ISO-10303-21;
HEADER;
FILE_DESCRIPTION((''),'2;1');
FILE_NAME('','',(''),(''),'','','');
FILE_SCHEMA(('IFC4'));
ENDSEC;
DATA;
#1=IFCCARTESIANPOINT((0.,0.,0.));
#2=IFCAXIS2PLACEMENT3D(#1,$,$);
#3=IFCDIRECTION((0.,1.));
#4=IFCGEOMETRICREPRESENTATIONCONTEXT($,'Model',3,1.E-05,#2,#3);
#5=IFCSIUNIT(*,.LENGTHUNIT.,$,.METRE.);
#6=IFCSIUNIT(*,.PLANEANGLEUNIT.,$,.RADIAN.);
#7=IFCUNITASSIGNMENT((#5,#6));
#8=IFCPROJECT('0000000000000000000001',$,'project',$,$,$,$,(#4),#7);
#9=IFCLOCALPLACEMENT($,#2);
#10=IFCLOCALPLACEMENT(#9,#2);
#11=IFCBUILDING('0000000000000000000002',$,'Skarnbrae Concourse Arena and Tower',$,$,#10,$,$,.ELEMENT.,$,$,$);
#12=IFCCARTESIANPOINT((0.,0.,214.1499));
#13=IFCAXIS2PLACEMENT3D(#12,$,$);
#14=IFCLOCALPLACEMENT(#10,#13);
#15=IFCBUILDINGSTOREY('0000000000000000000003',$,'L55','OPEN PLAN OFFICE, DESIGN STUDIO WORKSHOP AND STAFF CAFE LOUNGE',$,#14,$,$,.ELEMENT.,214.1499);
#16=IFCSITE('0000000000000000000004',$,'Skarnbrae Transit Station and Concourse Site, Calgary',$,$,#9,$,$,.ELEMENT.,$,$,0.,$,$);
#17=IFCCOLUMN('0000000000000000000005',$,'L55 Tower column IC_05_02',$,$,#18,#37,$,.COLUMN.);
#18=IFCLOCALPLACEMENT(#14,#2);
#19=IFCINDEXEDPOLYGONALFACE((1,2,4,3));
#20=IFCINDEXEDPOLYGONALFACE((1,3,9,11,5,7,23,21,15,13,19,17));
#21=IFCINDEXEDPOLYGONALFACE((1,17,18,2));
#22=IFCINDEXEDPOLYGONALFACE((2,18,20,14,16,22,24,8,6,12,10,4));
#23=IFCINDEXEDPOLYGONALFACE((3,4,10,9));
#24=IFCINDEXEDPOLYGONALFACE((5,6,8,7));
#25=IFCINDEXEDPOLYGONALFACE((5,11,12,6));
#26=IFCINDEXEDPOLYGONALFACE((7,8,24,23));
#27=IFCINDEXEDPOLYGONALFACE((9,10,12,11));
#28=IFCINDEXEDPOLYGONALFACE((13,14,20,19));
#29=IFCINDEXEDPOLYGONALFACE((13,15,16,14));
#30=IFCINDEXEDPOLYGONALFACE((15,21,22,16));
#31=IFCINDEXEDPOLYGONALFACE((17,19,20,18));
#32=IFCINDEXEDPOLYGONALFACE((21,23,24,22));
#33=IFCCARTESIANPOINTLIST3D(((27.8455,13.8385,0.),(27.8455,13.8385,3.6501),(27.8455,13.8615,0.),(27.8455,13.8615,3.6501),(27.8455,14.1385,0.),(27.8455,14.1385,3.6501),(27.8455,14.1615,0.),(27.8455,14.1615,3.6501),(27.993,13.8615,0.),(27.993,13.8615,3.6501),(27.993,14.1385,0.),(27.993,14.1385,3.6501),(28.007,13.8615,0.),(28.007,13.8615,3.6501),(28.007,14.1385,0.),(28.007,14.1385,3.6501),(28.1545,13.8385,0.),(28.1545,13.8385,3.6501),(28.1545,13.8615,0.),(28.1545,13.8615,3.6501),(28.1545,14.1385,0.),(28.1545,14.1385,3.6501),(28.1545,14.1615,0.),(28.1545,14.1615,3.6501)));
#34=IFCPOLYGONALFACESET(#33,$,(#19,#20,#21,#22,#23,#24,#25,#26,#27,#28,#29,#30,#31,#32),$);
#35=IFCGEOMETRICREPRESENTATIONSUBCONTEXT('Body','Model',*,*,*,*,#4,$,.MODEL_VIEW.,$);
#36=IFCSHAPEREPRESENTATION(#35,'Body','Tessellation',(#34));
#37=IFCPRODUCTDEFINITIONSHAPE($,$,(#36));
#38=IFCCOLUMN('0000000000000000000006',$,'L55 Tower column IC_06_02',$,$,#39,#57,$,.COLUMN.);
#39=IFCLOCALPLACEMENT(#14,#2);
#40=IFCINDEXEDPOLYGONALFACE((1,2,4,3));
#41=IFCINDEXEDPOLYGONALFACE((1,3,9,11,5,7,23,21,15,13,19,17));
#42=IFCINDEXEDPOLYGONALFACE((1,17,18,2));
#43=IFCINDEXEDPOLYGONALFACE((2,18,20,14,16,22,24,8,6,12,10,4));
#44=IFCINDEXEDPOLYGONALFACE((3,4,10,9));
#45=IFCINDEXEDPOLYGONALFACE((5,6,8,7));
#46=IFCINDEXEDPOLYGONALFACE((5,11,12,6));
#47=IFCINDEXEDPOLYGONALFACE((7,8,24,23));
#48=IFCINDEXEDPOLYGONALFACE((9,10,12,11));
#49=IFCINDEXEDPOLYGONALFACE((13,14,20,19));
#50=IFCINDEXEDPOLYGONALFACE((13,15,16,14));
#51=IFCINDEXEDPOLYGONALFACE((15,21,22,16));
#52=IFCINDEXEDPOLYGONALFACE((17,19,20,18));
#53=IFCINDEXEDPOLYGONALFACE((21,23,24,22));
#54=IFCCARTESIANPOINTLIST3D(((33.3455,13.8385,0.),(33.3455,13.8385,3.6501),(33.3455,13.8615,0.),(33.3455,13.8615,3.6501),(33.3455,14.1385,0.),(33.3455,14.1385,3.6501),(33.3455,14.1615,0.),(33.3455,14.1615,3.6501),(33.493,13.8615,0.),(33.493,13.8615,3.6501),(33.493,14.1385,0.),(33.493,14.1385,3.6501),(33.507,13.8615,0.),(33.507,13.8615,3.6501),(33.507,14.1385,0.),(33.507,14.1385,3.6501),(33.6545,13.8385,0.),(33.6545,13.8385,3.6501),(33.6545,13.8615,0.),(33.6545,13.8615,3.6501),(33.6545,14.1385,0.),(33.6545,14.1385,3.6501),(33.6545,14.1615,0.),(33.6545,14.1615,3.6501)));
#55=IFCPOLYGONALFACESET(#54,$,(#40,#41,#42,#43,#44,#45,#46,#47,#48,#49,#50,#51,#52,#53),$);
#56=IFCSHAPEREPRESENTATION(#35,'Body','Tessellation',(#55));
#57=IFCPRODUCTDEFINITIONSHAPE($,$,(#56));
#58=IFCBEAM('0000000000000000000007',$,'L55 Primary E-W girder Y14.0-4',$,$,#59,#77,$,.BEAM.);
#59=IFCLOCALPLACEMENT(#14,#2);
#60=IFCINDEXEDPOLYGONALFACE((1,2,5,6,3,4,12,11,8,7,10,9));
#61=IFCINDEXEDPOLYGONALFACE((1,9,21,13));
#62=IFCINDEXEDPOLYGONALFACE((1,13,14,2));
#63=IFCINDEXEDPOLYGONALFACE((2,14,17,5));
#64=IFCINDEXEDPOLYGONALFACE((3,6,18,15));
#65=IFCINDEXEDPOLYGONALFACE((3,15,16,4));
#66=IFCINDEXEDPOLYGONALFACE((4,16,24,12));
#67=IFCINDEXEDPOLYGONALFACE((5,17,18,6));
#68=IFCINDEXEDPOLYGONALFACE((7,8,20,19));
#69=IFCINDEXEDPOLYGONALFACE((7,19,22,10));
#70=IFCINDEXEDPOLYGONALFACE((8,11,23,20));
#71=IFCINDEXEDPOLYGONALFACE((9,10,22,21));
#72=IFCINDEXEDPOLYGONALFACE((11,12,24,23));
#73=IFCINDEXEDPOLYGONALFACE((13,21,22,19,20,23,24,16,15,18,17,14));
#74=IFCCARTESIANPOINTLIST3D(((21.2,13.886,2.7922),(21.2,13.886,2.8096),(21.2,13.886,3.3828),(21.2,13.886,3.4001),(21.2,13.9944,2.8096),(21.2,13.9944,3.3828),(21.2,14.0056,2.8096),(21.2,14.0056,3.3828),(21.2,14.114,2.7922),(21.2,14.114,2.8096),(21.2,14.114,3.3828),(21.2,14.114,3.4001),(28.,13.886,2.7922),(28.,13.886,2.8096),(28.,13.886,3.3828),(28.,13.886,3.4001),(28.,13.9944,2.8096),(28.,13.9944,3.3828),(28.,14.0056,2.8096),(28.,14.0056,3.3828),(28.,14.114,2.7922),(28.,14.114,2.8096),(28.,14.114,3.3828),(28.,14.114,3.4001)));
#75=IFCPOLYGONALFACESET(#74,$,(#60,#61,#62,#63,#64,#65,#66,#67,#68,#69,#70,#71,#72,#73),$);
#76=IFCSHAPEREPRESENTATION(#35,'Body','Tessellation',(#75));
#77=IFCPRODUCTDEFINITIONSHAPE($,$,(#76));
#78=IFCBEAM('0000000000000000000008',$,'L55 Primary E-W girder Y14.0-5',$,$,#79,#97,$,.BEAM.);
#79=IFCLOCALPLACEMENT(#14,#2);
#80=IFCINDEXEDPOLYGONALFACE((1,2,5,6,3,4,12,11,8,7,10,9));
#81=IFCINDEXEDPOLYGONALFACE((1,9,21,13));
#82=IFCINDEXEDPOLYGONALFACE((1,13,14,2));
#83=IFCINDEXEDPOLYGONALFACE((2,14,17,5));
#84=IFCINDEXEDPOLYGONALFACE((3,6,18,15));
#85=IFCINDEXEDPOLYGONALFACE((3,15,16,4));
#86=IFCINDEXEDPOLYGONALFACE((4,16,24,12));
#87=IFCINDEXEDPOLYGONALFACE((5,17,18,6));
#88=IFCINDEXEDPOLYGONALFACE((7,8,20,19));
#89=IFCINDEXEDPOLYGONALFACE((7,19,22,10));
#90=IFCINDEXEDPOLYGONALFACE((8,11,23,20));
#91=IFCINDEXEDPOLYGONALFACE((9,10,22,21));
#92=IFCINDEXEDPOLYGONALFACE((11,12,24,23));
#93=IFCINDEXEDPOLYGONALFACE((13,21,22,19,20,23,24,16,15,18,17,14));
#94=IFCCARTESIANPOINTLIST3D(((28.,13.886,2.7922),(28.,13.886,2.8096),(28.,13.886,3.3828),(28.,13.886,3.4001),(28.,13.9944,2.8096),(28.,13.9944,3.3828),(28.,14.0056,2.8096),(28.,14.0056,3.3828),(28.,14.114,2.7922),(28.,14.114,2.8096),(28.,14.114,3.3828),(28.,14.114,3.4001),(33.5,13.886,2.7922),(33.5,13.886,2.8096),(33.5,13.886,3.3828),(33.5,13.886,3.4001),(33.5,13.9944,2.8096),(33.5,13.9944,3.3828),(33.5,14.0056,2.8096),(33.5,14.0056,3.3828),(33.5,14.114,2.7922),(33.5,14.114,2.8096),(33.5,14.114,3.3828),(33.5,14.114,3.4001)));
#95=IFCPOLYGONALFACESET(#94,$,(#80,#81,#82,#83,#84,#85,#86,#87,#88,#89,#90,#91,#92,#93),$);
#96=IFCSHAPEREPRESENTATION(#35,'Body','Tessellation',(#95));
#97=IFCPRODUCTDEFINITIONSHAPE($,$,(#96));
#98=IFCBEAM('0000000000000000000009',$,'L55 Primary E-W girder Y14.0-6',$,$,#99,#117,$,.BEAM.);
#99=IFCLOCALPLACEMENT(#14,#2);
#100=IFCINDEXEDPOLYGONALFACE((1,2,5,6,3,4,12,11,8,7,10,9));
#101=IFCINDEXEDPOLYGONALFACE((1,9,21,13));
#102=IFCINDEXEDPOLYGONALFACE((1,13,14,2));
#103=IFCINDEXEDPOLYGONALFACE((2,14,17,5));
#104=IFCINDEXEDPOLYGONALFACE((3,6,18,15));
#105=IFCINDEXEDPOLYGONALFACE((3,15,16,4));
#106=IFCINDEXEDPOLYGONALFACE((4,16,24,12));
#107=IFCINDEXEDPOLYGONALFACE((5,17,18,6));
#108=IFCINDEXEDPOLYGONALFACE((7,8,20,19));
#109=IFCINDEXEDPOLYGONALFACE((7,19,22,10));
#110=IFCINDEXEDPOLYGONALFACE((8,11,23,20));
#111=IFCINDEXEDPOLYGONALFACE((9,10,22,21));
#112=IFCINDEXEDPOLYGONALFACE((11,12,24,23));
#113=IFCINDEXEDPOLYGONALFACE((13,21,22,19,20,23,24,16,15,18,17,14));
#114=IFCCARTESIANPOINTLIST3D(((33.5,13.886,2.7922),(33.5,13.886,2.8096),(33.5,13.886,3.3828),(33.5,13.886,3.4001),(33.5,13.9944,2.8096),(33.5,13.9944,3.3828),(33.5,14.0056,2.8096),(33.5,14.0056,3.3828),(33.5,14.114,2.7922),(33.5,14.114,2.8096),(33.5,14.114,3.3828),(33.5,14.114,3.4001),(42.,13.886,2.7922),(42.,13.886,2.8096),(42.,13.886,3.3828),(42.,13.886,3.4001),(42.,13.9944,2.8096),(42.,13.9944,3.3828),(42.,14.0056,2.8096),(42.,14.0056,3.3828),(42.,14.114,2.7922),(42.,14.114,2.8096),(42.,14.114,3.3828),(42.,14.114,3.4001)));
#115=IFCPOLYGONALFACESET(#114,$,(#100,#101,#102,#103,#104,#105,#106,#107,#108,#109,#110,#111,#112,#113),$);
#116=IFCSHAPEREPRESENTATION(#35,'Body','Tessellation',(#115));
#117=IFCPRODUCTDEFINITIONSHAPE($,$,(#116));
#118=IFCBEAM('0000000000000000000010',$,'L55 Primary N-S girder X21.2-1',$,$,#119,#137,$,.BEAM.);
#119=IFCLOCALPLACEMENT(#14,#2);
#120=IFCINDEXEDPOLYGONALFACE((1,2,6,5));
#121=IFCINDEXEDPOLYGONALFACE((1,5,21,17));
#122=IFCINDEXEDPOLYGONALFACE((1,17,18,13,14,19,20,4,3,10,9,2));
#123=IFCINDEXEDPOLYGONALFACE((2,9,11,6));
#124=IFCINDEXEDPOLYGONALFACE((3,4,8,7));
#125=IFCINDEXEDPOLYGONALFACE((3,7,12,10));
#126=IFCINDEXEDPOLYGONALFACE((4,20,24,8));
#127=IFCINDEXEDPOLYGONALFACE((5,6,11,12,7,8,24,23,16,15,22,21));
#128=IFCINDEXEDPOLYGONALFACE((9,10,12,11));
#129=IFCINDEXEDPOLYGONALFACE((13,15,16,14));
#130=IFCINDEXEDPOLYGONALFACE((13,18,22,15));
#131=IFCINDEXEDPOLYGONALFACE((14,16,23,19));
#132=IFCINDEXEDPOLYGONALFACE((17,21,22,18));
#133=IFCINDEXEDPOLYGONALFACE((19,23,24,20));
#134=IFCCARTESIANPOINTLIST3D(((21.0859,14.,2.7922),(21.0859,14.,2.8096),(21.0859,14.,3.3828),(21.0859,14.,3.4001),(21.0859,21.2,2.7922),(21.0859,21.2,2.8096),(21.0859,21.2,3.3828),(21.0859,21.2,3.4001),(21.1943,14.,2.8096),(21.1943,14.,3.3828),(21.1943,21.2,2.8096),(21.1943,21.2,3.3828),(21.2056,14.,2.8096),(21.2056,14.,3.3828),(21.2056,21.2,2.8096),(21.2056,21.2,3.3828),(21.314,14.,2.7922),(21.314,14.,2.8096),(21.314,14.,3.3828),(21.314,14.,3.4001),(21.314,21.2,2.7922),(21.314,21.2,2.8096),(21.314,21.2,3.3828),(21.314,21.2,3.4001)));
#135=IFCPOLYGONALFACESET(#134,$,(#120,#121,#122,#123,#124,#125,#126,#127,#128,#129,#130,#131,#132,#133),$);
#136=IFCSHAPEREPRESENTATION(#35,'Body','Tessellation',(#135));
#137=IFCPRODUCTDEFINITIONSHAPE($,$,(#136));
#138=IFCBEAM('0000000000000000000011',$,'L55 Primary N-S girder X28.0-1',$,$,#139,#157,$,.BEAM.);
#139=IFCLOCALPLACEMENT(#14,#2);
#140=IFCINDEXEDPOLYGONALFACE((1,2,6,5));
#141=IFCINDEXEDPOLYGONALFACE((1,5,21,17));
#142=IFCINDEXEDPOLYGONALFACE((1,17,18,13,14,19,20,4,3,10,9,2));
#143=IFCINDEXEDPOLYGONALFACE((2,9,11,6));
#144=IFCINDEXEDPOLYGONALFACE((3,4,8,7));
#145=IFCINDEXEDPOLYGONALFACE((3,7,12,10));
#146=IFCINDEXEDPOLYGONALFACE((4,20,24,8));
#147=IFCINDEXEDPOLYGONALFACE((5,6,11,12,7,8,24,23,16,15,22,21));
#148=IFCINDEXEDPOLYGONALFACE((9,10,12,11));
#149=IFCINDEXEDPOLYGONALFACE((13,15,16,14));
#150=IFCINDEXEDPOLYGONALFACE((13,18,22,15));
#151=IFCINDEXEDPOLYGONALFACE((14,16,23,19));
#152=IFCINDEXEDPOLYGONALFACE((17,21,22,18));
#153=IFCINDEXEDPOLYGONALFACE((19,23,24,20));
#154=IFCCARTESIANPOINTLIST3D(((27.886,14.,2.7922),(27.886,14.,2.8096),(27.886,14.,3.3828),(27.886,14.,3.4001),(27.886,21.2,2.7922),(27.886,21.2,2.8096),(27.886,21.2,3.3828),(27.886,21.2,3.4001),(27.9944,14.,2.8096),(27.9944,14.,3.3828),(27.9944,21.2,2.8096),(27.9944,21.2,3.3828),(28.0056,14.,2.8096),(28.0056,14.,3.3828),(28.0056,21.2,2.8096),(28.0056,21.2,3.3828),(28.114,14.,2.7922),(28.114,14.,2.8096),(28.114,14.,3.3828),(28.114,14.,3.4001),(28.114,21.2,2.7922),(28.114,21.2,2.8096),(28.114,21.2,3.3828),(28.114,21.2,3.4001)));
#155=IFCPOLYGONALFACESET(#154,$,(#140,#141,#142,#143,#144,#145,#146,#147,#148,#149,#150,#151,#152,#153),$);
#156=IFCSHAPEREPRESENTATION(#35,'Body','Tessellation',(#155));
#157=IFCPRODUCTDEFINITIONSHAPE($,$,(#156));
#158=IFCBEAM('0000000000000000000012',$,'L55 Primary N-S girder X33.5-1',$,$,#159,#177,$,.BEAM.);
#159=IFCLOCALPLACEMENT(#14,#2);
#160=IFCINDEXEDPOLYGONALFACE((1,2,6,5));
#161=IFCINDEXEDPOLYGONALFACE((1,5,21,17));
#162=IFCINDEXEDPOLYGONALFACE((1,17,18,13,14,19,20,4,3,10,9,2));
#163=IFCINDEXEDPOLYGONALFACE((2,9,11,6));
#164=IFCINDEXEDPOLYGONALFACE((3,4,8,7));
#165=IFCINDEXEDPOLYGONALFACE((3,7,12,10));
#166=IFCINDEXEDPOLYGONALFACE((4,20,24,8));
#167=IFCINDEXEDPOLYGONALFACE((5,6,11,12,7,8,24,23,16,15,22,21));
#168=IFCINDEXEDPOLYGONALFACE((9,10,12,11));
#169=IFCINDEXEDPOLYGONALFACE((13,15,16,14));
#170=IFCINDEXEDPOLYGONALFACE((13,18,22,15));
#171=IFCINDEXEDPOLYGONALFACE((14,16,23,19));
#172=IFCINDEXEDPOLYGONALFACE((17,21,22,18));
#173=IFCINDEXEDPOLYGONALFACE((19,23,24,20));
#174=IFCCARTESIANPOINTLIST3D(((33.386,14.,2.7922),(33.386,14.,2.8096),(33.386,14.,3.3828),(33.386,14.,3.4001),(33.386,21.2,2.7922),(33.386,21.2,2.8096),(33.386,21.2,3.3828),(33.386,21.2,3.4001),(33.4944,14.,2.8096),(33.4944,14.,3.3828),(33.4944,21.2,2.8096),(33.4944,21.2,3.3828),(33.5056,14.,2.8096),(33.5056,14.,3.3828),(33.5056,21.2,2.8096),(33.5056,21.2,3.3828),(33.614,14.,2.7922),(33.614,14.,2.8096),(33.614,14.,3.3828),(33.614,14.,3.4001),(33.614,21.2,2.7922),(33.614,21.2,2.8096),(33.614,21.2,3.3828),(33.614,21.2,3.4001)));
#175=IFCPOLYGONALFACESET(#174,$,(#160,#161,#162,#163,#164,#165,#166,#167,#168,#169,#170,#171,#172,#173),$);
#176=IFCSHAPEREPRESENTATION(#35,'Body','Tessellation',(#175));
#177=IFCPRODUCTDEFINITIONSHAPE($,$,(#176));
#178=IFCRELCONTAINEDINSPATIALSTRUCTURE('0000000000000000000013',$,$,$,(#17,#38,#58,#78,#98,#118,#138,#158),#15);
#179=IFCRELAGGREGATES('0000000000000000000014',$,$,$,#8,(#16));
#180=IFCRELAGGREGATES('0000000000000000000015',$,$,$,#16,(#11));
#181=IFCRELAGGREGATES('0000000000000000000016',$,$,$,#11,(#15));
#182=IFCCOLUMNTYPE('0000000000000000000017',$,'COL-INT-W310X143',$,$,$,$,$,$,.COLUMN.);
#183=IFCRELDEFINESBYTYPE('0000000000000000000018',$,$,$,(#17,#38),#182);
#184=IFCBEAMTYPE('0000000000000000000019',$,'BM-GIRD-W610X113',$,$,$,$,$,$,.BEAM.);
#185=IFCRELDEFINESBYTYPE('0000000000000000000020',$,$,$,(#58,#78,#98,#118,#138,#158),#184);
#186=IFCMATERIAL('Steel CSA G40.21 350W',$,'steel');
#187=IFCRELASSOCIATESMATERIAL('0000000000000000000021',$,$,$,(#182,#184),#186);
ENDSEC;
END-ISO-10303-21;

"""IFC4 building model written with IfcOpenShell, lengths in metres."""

from ifc_helpers import new_model, si_unit, direction, frame, origin, origin_2d, place, context, subcontext, project, spatial, i_section, extrude, source, transform, mapped, material, material_profile, profile_set, type_object, element, save


model = new_model("IFC4")

# Units and contexts
model_context = context("Model", 3, precision=1e-05, world=origin(), true_north=direction((0.0, 1.0)))
body_context = subcontext(model_context, "Body", "Model", "MODEL_VIEW")
ifc_project = project(units=[si_unit("LENGTHUNIT", "METRE"), si_unit("PLANEANGLEUNIT", "RADIAN")], contexts=[model_context])

# Site, building, storey
site_placement = place(None, origin())
site = spatial("IfcSite", under=ifc_project, at=site_placement, Name="Skarnbrae Transit Station and Concourse Site, Calgary", CompositionType="ELEMENT", RefElevation=0.0)
building_placement = place(site_placement, origin())
building = spatial("IfcBuilding", under=site, at=building_placement, Name="Skarnbrae Concourse Arena and Tower", CompositionType="ELEMENT")
storey_placement = place(building_placement, frame((0.0, 0.0, 214.1499)))
storey = spatial("IfcBuildingStorey", under=building, at=storey_placement, Name="L55", Description="OPEN PLAN OFFICE, DESIGN STUDIO WORKSHOP AND STAFF CAFE LOUNGE", CompositionType="ELEMENT", Elevation=214.1499)

# Columns
ifc_material_1 = material(Name="Steel CSA G40.21 350W", Category="steel")
ifc_material_profile_1 = material_profile(ifc_material_1, i_section(OverallWidth=0.3091, OverallDepth=0.323, WebThickness=0.0139, FlangeThickness=0.0229, at=origin_2d()), Name="W310X143")
ifc_profile_set_1 = profile_set([ifc_material_profile_1], Name="Steel CSA G40.21 350W")
column_type = type_object("IfcColumnType", Name="COL-INT-W310X143", PredefinedType="COLUMN", material=ifc_profile_set_1)
shared_shape_1 = source(origin(), body_context, "Body", "SweptSolid", [
    extrude(i_section(OverallWidth=0.3091, OverallDepth=0.323, WebThickness=0.0139, FlangeThickness=0.0229, at=origin_2d()), origin(), (0.0, 0.0, 1.0), 3.6501),
])
for number, where, z_axis, x_axis, name in (
    (1, (28.0, 14.0, 0.0), (0.0, 0.0, 1.0), (1.0, 0.0, 0.0), "L55 Tower column IC_05_02"),
    (2, (33.5, 14.0, 0.0), (0.0, 0.0, 1.0), (1.0, 0.0, 0.0), "L55 Tower column IC_06_02"),
):
    element("IfcColumn", number, at=place(storey_placement, frame(where, z_axis=z_axis, x_axis=x_axis)), inside=storey, type_object=column_type, Name=name, PredefinedType="COLUMN", context=body_context, shape_type="MappedRepresentation", body=[
        mapped(shared_shape_1, transform((0.0, 0.0, 0.0))),
    ])

# Beams
ifc_material_profile_2 = material_profile(ifc_material_1, i_section(OverallWidth=0.228, OverallDepth=0.6079, WebThickness=0.0112, FlangeThickness=0.0173, at=origin_2d()), Name="W610X113")
ifc_profile_set_2 = profile_set([ifc_material_profile_2], Name="Steel CSA G40.21 350W")
beam_type_1 = type_object("IfcBeamType", Name="BM-GIRD-W610X113", PredefinedType="BEAM", material=ifc_profile_set_2)
shared_shape_2 = source(origin(), body_context, "Body", "SweptSolid", [
    extrude(i_section(OverallWidth=0.228, OverallDepth=0.6079, WebThickness=0.0112, FlangeThickness=0.0173, at=origin_2d()), origin(), (0.0, 0.0, 1.0), 6.8),
])
beam_1_placement = place(storey_placement, frame((21.2, 14.0, 3.0962), z_axis=(1.0, 0.0, 0.0), x_axis=(0.0, 1.0, 0.0)))
element("IfcBeam", 3, at=beam_1_placement, inside=storey, type_object=beam_type_1, Name="L55 Primary E-W girder Y14.0-4", PredefinedType="BEAM", context=body_context, shape_type="MappedRepresentation", body=[
    mapped(shared_shape_2, transform((0.0, 0.0, 0.0))),
])
shared_shape_3 = source(origin(), body_context, "Body", "SweptSolid", [
    extrude(i_section(OverallWidth=0.228, OverallDepth=0.6079, WebThickness=0.0112, FlangeThickness=0.0173, at=origin_2d()), origin(), (0.0, 0.0, 1.0), 5.5),
])
beam_2_placement = place(storey_placement, frame((28.0, 14.0, 3.0962), z_axis=(1.0, 0.0, 0.0), x_axis=(0.0, 1.0, 0.0)))
element("IfcBeam", 4, at=beam_2_placement, inside=storey, type_object=beam_type_1, Name="L55 Primary E-W girder Y14.0-5", PredefinedType="BEAM", context=body_context, shape_type="MappedRepresentation", body=[
    mapped(shared_shape_3, transform((0.0, 0.0, 0.0))),
])
shared_shape_4 = source(origin(), body_context, "Body", "SweptSolid", [
    extrude(i_section(OverallWidth=0.228, OverallDepth=0.6079, WebThickness=0.0112, FlangeThickness=0.0173, at=origin_2d()), origin(), (0.0, 0.0, 1.0), 8.5),
])
beam_3_placement = place(storey_placement, frame((33.5, 14.0, 3.0962), z_axis=(1.0, 0.0, 0.0), x_axis=(0.0, 1.0, 0.0)))
element("IfcBeam", 5, at=beam_3_placement, inside=storey, type_object=beam_type_1, Name="L55 Primary E-W girder Y14.0-6", PredefinedType="BEAM", context=body_context, shape_type="MappedRepresentation", body=[
    mapped(shared_shape_4, transform((0.0, 0.0, 0.0))),
])
shared_shape_5 = source(origin(), body_context, "Body", "SweptSolid", [
    extrude(i_section(OverallWidth=0.228, OverallDepth=0.6079, WebThickness=0.0112, FlangeThickness=0.0173, at=origin_2d()), origin(), (0.0, 0.0, 1.0), 7.2),
])
for number, where, z_axis, x_axis, name in (
    (6, (21.2, 14.0, 3.0962), (0.0, 1.0, 0.0), (-1.0, 0.0, 0.0), "L55 Primary N-S girder X21.2-1"),
    (7, (28.0, 14.0, 3.0962), (0.0, 1.0, 0.0), (-1.0, 0.0, 0.0), "L55 Primary N-S girder X28.0-1"),
    (8, (33.5, 14.0, 3.0962), (0.0, 1.0, 0.0), (-1.0, 0.0, 0.0), "L55 Primary N-S girder X33.5-1"),
):
    element("IfcBeam", number, at=place(storey_placement, frame(where, z_axis=z_axis, x_axis=x_axis)), inside=storey, type_object=beam_type_1, Name=name, PredefinedType="BEAM", context=body_context, shape_type="MappedRepresentation", body=[
        mapped(shared_shape_5, transform((0.0, 0.0, 0.0))),
    ])

save(model, "model.ifc")
